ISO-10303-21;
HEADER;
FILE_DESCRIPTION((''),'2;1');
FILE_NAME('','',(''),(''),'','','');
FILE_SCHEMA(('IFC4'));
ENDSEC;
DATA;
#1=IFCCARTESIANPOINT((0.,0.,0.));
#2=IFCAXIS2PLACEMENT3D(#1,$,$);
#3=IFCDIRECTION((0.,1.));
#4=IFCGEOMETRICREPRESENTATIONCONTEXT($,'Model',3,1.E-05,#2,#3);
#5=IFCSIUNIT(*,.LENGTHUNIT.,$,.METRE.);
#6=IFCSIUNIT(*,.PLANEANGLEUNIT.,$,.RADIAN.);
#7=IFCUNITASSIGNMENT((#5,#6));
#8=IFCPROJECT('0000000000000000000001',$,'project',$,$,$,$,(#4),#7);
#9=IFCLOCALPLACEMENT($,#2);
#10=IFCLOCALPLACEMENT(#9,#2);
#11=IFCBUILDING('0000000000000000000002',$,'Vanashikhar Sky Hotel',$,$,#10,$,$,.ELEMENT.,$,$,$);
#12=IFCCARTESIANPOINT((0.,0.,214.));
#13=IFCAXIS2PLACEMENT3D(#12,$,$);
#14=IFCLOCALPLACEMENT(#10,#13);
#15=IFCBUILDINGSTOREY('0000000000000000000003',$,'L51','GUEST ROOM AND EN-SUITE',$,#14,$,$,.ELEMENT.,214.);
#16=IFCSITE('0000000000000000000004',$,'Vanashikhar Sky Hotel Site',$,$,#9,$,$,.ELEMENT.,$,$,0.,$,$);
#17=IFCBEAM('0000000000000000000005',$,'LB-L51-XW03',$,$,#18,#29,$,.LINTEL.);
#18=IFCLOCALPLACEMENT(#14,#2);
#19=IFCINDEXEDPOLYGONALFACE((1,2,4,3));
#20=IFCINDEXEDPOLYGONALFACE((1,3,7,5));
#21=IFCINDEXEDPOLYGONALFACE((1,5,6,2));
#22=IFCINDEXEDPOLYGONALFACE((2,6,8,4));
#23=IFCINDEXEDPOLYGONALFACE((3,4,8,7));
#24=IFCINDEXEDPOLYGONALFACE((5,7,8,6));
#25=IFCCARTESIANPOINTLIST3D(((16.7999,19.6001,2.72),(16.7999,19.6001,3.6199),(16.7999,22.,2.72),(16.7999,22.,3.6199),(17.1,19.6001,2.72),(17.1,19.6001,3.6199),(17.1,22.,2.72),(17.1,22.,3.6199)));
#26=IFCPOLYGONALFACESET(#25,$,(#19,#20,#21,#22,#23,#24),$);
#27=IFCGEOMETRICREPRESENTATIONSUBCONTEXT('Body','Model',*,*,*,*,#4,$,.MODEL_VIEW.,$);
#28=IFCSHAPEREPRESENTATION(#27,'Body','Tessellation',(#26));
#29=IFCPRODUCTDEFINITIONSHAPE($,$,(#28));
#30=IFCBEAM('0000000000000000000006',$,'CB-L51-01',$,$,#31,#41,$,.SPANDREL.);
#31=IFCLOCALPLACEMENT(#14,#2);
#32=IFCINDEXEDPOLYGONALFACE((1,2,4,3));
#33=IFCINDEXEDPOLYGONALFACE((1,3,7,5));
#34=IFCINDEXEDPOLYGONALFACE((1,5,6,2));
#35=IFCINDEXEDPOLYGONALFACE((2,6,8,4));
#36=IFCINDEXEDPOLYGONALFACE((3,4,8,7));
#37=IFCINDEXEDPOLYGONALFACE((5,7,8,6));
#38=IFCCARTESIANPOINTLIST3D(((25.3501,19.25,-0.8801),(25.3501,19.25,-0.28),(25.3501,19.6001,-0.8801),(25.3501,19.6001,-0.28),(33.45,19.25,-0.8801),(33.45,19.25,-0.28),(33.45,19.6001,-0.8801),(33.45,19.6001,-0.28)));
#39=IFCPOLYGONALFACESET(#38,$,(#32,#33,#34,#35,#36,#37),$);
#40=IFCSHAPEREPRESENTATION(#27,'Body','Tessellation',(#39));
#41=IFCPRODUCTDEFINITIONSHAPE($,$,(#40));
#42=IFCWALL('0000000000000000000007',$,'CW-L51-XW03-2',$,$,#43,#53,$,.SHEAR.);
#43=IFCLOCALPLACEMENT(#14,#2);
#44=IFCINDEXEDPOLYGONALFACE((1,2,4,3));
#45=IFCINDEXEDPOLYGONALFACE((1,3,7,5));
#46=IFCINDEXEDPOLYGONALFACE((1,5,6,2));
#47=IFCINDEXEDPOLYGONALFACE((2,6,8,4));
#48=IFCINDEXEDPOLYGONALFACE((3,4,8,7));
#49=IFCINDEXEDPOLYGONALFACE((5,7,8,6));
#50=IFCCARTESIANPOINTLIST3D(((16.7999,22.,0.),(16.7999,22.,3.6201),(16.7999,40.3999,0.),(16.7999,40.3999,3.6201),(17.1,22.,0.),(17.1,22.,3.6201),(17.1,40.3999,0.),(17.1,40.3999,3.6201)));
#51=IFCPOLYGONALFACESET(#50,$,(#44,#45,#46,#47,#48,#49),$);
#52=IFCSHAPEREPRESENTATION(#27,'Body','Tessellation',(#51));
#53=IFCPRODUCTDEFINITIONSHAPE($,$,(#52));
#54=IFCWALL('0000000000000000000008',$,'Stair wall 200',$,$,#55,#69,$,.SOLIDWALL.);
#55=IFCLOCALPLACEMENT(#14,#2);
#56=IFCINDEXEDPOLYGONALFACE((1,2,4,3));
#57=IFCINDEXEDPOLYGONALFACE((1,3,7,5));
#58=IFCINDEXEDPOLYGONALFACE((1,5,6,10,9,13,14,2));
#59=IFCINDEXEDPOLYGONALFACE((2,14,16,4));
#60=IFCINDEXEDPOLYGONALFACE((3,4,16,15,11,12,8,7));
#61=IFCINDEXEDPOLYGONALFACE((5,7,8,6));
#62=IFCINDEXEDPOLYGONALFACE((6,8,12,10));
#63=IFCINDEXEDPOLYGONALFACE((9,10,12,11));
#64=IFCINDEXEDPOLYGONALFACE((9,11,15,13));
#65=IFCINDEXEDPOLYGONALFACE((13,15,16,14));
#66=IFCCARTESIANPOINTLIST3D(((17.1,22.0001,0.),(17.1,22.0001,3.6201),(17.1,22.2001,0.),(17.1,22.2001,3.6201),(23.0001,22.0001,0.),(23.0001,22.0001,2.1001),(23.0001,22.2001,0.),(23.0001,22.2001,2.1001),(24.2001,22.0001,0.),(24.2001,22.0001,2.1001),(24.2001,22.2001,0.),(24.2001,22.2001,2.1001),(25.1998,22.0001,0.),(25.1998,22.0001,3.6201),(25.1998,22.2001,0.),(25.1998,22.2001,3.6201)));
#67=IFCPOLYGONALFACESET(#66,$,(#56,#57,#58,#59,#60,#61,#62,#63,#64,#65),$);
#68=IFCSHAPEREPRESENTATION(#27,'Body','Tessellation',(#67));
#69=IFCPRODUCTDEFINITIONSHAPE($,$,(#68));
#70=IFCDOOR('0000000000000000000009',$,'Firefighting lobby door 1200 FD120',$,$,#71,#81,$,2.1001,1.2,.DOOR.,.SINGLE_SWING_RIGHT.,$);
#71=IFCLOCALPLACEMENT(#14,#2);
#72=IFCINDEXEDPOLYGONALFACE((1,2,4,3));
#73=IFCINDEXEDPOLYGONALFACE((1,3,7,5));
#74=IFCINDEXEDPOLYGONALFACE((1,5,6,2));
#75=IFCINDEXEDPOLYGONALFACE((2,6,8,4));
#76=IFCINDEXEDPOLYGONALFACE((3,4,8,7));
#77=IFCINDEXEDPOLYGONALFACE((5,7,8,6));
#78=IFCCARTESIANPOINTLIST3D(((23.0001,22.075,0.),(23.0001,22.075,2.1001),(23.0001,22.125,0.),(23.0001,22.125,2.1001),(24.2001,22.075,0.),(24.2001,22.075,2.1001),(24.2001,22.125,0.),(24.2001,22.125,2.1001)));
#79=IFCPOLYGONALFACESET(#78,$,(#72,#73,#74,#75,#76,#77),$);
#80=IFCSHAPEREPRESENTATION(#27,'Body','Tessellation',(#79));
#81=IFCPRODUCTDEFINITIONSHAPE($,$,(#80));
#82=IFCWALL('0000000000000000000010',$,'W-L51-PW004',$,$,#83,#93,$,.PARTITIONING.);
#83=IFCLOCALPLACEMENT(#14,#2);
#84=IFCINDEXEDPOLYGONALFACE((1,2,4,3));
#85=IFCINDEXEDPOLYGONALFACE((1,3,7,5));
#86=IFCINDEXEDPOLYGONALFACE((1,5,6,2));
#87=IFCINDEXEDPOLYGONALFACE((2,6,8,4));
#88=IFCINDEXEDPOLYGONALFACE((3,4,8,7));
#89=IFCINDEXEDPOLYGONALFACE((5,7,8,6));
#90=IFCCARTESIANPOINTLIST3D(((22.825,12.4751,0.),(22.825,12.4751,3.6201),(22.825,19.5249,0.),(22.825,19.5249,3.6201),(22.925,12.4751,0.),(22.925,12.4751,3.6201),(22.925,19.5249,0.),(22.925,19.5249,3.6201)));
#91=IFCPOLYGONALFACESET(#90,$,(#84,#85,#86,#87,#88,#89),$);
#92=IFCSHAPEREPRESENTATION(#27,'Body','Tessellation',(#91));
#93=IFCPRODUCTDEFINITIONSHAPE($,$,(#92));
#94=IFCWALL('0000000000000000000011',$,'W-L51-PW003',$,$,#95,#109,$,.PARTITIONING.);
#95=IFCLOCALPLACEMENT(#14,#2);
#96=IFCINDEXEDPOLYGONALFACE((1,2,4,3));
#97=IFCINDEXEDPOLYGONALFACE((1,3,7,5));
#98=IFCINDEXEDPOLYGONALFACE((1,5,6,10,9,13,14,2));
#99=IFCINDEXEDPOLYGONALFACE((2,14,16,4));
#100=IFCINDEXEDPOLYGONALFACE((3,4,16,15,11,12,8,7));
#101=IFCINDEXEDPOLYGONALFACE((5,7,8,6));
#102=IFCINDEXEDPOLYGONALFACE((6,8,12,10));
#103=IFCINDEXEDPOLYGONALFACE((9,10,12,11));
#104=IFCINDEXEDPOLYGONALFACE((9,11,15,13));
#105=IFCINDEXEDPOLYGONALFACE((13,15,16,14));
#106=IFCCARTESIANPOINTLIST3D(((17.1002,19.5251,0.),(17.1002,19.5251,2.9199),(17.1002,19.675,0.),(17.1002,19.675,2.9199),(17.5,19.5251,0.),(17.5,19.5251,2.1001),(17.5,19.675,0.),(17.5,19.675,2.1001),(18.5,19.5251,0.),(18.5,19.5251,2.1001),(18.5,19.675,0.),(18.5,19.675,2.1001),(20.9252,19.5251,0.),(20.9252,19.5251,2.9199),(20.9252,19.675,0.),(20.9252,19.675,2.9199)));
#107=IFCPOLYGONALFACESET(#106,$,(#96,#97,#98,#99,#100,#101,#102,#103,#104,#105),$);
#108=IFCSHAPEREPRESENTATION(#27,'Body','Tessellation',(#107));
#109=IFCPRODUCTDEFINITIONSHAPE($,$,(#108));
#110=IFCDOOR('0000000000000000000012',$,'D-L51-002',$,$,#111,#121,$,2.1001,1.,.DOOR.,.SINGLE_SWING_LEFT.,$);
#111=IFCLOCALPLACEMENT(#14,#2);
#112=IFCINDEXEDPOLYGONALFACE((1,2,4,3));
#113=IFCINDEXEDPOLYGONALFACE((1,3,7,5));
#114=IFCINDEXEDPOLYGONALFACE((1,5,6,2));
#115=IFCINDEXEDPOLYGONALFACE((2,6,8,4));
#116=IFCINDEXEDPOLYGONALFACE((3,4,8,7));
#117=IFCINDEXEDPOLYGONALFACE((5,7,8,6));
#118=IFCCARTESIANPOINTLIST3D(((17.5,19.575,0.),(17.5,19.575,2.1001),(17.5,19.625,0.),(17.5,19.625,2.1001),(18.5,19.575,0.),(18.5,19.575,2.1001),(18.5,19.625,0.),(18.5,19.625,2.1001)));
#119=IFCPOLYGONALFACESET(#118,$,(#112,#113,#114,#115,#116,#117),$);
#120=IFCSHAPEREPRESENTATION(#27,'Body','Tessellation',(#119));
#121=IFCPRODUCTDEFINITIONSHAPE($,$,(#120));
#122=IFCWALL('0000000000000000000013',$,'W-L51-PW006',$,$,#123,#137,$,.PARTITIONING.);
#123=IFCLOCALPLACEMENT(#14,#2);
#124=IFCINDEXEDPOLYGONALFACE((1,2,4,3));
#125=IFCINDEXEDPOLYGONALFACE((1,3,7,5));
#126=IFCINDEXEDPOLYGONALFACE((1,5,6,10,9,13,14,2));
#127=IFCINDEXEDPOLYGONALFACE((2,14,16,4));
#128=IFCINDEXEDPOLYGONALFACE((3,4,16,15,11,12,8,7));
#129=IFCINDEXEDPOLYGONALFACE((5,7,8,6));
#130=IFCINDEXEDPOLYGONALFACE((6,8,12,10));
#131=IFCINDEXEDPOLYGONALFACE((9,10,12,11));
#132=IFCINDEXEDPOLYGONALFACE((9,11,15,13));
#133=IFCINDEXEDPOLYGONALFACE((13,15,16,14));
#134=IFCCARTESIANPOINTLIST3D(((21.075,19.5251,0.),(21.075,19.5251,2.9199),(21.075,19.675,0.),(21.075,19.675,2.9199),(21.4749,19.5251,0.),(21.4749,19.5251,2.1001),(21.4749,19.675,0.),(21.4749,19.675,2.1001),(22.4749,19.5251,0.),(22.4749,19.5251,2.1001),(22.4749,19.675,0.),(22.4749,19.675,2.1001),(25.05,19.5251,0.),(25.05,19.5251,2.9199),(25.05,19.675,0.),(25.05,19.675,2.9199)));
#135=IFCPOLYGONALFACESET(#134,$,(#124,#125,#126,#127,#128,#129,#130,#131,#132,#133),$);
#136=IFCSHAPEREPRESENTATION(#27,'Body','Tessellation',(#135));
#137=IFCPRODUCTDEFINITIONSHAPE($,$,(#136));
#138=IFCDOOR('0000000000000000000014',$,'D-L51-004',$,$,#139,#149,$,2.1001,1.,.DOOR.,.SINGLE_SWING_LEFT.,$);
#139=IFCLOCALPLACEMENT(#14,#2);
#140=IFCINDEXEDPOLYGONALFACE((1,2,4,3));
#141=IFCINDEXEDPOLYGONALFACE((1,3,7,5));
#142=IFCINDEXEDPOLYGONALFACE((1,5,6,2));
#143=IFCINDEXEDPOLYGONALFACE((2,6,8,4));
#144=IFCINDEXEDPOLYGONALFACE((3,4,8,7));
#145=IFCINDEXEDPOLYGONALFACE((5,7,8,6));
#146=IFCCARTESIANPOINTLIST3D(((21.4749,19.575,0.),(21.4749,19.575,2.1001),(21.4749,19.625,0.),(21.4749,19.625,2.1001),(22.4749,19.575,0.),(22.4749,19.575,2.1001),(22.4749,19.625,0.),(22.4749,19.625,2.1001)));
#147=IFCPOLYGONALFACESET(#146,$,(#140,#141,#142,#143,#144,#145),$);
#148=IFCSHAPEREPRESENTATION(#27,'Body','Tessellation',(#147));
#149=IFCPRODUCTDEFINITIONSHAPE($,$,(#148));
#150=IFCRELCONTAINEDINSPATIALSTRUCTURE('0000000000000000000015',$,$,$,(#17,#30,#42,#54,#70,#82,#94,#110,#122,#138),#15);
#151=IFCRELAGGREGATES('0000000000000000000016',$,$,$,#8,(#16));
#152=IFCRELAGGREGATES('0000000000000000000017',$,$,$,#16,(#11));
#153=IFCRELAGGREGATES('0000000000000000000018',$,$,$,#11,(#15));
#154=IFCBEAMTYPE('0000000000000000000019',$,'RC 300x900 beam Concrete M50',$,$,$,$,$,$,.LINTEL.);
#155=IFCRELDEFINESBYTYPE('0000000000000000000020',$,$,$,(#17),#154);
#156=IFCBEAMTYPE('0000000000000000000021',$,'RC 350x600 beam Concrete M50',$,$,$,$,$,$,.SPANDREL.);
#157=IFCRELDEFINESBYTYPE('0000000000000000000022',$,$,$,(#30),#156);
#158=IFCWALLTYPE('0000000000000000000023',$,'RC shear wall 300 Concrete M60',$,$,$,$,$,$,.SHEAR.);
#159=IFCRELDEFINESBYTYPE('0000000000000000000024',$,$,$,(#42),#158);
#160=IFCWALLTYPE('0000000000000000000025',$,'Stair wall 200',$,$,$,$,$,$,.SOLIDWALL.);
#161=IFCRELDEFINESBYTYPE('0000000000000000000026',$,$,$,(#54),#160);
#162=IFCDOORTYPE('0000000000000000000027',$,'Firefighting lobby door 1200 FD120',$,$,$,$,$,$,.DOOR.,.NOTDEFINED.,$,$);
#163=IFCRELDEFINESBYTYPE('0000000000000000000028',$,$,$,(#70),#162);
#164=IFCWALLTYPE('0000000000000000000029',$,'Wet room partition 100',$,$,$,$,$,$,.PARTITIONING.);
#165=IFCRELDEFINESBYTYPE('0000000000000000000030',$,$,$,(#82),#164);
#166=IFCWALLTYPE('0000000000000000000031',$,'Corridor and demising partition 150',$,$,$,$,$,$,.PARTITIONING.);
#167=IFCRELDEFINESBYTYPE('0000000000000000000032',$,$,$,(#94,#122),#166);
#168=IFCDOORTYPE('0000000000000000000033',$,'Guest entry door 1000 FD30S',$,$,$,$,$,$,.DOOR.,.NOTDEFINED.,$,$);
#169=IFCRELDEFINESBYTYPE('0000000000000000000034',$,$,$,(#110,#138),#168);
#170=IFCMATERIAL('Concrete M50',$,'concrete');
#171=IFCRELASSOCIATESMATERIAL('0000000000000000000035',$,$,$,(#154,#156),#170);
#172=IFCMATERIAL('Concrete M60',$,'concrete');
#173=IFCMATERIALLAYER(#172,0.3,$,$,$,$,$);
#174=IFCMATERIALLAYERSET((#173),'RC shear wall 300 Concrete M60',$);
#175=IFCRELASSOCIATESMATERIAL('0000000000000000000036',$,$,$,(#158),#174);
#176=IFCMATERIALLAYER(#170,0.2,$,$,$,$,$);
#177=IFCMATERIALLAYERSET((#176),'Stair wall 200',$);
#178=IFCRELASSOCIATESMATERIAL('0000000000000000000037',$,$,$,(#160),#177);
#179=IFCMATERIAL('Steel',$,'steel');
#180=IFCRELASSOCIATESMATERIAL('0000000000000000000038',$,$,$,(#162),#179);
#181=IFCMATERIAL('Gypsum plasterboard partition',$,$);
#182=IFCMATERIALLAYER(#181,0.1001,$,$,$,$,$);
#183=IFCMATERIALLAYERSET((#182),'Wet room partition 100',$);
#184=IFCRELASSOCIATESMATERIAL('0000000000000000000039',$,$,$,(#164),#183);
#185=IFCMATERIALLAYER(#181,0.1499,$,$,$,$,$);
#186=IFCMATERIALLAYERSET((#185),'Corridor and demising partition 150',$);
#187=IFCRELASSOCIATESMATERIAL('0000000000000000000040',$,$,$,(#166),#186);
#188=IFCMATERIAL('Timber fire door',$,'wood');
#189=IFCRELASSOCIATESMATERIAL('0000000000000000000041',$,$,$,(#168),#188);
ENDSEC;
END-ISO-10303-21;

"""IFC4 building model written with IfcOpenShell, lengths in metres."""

from ifc_helpers import new_model, si_unit, direction, frame, frame_2d, origin, origin_2d, place, context, subcontext, project, spatial, rectangle, extrude, source, transform, mapped, material, layer, layer_set, material_profile, profile_set, type_object, element, fill, save


model = new_model("IFC4")

# Units and contexts
model_context = context("Model", 3, precision=1e-05, world=origin(), true_north=direction((0.0, 1.0)))
body_context = subcontext(model_context, "Body", "Model", "MODEL_VIEW")
ifc_project = project(units=[si_unit("LENGTHUNIT", "METRE"), si_unit("PLANEANGLEUNIT", "RADIAN")], contexts=[model_context])

# Site, building, storey
site_placement = place(None, origin())
site = spatial("IfcSite", under=ifc_project, at=site_placement, Name="Vanashikhar Sky Hotel Site", CompositionType="ELEMENT", RefElevation=0.0)
building_placement = place(site_placement, origin())
building = spatial("IfcBuilding", under=site, at=building_placement, Name="Vanashikhar Sky Hotel", CompositionType="ELEMENT")
storey_placement = place(building_placement, frame((0.0, 0.0, 214.0)))
storey = spatial("IfcBuildingStorey", under=building, at=storey_placement, Name="L51", Description="GUEST ROOM AND EN-SUITE", CompositionType="ELEMENT", Elevation=214.0)

# Beams
ifc_material_1 = material(Name="Concrete M50", Category="concrete")
ifc_material_profile_1 = material_profile(ifc_material_1, rectangle(XDim=0.3, YDim=0.8999, at=origin_2d()))
ifc_profile_set_1 = profile_set([ifc_material_profile_1], Name="RC 300x900 beam Concrete M50")
beam_type_1 = type_object("IfcBeamType", Name="RC 300x900 beam Concrete M50", PredefinedType="LINTEL", material=ifc_profile_set_1)
shared_shape_1 = source(origin(), body_context, "Body", "SweptSolid", [
    extrude(rectangle(XDim=0.3, YDim=0.8999, at=origin_2d()), origin(), (0.0, 0.0, 1.0), 2.3999),
])
beam_1_placement = place(storey_placement, frame((16.95, 19.6001, 3.1699), z_axis=(0.0, 1.0, 0.0), x_axis=(-1.0, 0.0, 0.0)))
element("IfcBeam", 1, at=beam_1_placement, inside=storey, type_object=beam_type_1, Name="LB-L51-XW03", PredefinedType="LINTEL", context=body_context, shape_type="MappedRepresentation", body=[
    mapped(shared_shape_1, transform((0.0, 0.0, 0.0), scale=1.0)),
])
ifc_material_profile_2 = material_profile(ifc_material_1, rectangle(XDim=0.3501, YDim=0.6001, at=origin_2d()))
ifc_profile_set_2 = profile_set([ifc_material_profile_2], Name="RC 350x600 beam Concrete M50")
beam_type_2 = type_object("IfcBeamType", Name="RC 350x600 beam Concrete M50", PredefinedType="SPANDREL", material=ifc_profile_set_2)
shared_shape_2 = source(origin(), body_context, "Body", "SweptSolid", [
    extrude(rectangle(XDim=0.3501, YDim=0.6001, at=origin_2d()), origin(), (0.0, 0.0, 1.0), 8.0999),
])
beam_2_placement = place(storey_placement, frame((25.3501, 19.425, -0.5801), z_axis=(1.0, 0.0, 0.0), x_axis=(0.0, 1.0, 0.0)))
element("IfcBeam", 2, at=beam_2_placement, inside=storey, type_object=beam_type_2, Name="CB-L51-01", PredefinedType="SPANDREL", context=body_context, shape_type="MappedRepresentation", body=[
    mapped(shared_shape_2, transform((0.0, 0.0, 0.0), scale=1.0)),
])

# Wall
ifc_material_2 = material(Name="Concrete M60", Category="concrete")
ifc_layer_1 = layer(ifc_material_2, 0.3)
ifc_layer_set_1 = layer_set([ifc_layer_1], Name="RC shear wall 300 Concrete M60")
wall_type_1 = type_object("IfcWallType", Name="RC shear wall 300 Concrete M60", PredefinedType="SHEAR", material=ifc_layer_set_1)
shared_shape_3 = source(origin(), body_context, "Body", "SweptSolid", [
    extrude(rectangle(XDim=18.3999, YDim=0.3, at=frame_2d((9.2, 0.0))), origin(), (0.0, 0.0, 1.0), 3.6201),
])
wall_1_placement = place(storey_placement, frame((16.95, 22.0, 0.0), z_axis=(0.0, 0.0, 1.0), x_axis=(0.0, 1.0, 0.0)))
element("IfcWall", 3, at=wall_1_placement, inside=storey, type_object=wall_type_1, Name="CW-L51-XW03-2", PredefinedType="SHEAR", context=body_context, shape_type="MappedRepresentation", body=[
    mapped(shared_shape_3, transform((0.0, 0.0, 0.0), scale=1.0)),
])

# Wall, opening, door
ifc_layer_2 = layer(ifc_material_1, 0.2)
ifc_layer_set_2 = layer_set([ifc_layer_2], Name="Stair wall 200")
wall_type_2 = type_object("IfcWallType", Name="Stair wall 200", PredefinedType="SOLIDWALL", material=ifc_layer_set_2)
shared_shape_4 = source(origin(), body_context, "Body", "SweptSolid", [
    extrude(rectangle(XDim=8.0999, YDim=0.2, at=frame_2d((4.0498, 0.0))), origin(), (0.0, 0.0, 1.0), 3.6201),
])
wall_2_placement = place(storey_placement, frame((17.1001, 22.1001, 0.0), z_axis=(0.0, 0.0, 1.0), x_axis=(1.0, 0.0, 0.0)))
wall_2 = element("IfcWall", 4, at=wall_2_placement, inside=storey, type_object=wall_type_2, Name="Stair wall 200", PredefinedType="SOLIDWALL", context=body_context, shape_type="MappedRepresentation", body=[
    mapped(shared_shape_4, transform((0.0, 0.0, 0.0), scale=1.0)),
])
shared_shape_5 = source(origin(), body_context, "Body", "SweptSolid", [
    extrude(rectangle(XDim=1.2, YDim=2.1001, at=frame_2d((0.6001, 1.05))), frame((0.0, 0.1099, 0.0), z_axis=(0.0, -1.0, 0.0), x_axis=(1.0, 0.0, 0.0)), (0.0, 0.0, 1.0), 0.22),
])
opening_1_placement = place(wall_2_placement, frame((5.8999, 0.0, 0.0)))
opening_1 = element("IfcOpeningElement", 5, at=opening_1_placement, cuts=wall_2, PredefinedType="OPENING", context=body_context, shape_type="MappedRepresentation", body=[
    mapped(shared_shape_5, transform((0.0, 0.0, 0.0), scale=1.0)),
])
ifc_material_3 = material(Name="Steel", Category="steel")
door_type_1 = type_object("IfcDoorType", Name="Firefighting lobby door 1200 FD120", OperationType="NOTDEFINED", PredefinedType="DOOR", material=ifc_material_3)
shared_shape_6 = source(origin(), body_context, "Body", "SweptSolid", [
    extrude(rectangle(XDim=1.2, YDim=2.1001, at=frame_2d((0.6001, 1.05))), frame((0.0, 0.0249, 0.0), z_axis=(0.0, -1.0, 0.0), x_axis=(1.0, 0.0, 0.0)), (0.0, 0.0, 1.0), 0.05),
])
door_1_placement = place(opening_1_placement, origin())
door_1 = element("IfcDoor", 6, at=door_1_placement, inside=storey, type_object=door_type_1, Name="Firefighting lobby door 1200 FD120", OperationType="SINGLE_SWING_RIGHT", OverallHeight=2.1001, OverallWidth=1.2, PredefinedType="DOOR", context=body_context, shape_type="MappedRepresentation", body=[
    mapped(shared_shape_6, transform((0.0, 0.0, 0.0), scale=1.0)),
])
fill(opening_1, door_1)

# Wall
ifc_material_4 = material(Name="Gypsum plasterboard partition")
ifc_layer_3 = layer(ifc_material_4, 0.1001)
ifc_layer_set_3 = layer_set([ifc_layer_3], Name="Wet room partition 100")
wall_type_3 = type_object("IfcWallType", Name="Wet room partition 100", PredefinedType="PARTITIONING", material=ifc_layer_set_3)
shared_shape_7 = source(origin(), body_context, "Body", "SweptSolid", [
    extrude(rectangle(XDim=7.0498, YDim=0.1001, at=frame_2d((3.5249, 0.0))), origin(), (0.0, 0.0, 1.0), 3.6201),
])
wall_3_placement = place(storey_placement, frame((22.875, 12.4751, 0.0), z_axis=(0.0, 0.0, 1.0), x_axis=(0.0, 1.0, 0.0)))
element("IfcWall", 7, at=wall_3_placement, inside=storey, type_object=wall_type_3, Name="W-L51-PW004", PredefinedType="PARTITIONING", context=body_context, shape_type="MappedRepresentation", body=[
    mapped(shared_shape_7, transform((0.0, 0.0, 0.0), scale=1.0)),
])

# Walls, openings, doors
ifc_layer_4 = layer(ifc_material_4, 0.1499)
ifc_layer_set_4 = layer_set([ifc_layer_4], Name="Corridor and demising partition 150")
wall_type_4 = type_object("IfcWallType", Name="Corridor and demising partition 150", PredefinedType="PARTITIONING", material=ifc_layer_set_4)
shared_shape_8 = source(origin(), body_context, "Body", "SweptSolid", [
    extrude(rectangle(XDim=3.825, YDim=0.1499, at=frame_2d((1.9126, 0.0))), origin(), (0.0, 0.0, 1.0), 2.9199),
])
wall_4_placement = place(storey_placement, frame((17.1001, 19.6001, 0.0), z_axis=(0.0, 0.0, 1.0), x_axis=(1.0, 0.0, 0.0)))
wall_4 = element("IfcWall", 8, at=wall_4_placement, inside=storey, type_object=wall_type_4, Name="W-L51-PW003", PredefinedType="PARTITIONING", context=body_context, shape_type="MappedRepresentation", body=[
    mapped(shared_shape_8, transform((0.0, 0.0, 0.0), scale=1.0)),
])
shared_shape_9 = source(origin(), body_context, "Body", "SweptSolid", [
    extrude(rectangle(XDim=1.0, YDim=2.1001, at=frame_2d((0.5, 1.05))), frame((0.0, 0.085, 0.0), z_axis=(0.0, -1.0, 0.0), x_axis=(1.0, 0.0, 0.0)), (0.0, 0.0, 1.0), 0.1699),
])
opening_2_placement = place(wall_4_placement, frame((0.3999, 0.0, 0.0)))
opening_2 = element("IfcOpeningElement", 9, at=opening_2_placement, cuts=wall_4, PredefinedType="OPENING", context=body_context, shape_type="MappedRepresentation", body=[
    mapped(shared_shape_9, transform((0.0, 0.0, 0.0), scale=1.0)),
])
ifc_material_5 = material(Name="Timber fire door", Category="wood")
door_type_2 = type_object("IfcDoorType", Name="Guest entry door 1000 FD30S", OperationType="NOTDEFINED", PredefinedType="DOOR", material=ifc_material_5)
shared_shape_10 = source(origin(), body_context, "Body", "SweptSolid", [
    extrude(rectangle(XDim=1.0, YDim=2.1001, at=frame_2d((0.5, 1.05))), frame((0.0, 0.0249, 0.0), z_axis=(0.0, -1.0, 0.0), x_axis=(1.0, 0.0, 0.0)), (0.0, 0.0, 1.0), 0.05),
])
door_2_placement = place(opening_2_placement, origin())
door_2 = element("IfcDoor", 10, at=door_2_placement, inside=storey, type_object=door_type_2, Name="D-L51-002", OperationType="SINGLE_SWING_LEFT", OverallHeight=2.1001, OverallWidth=1.0, PredefinedType="DOOR", context=body_context, shape_type="MappedRepresentation", body=[
    mapped(shared_shape_10, transform((0.0, 0.0, 0.0), scale=1.0)),
])
fill(opening_2, door_2)
shared_shape_11 = source(origin(), body_context, "Body", "SweptSolid", [
    extrude(rectangle(XDim=3.9751, YDim=0.1499, at=frame_2d((1.9875, 0.0))), origin(), (0.0, 0.0, 1.0), 2.9199),
])
wall_5_placement = place(storey_placement, frame((21.075, 19.6001, 0.0), z_axis=(0.0, 0.0, 1.0), x_axis=(1.0, 0.0, 0.0)))
wall_5 = element("IfcWall", 11, at=wall_5_placement, inside=storey, type_object=wall_type_4, Name="W-L51-PW006", PredefinedType="PARTITIONING", context=body_context, shape_type="MappedRepresentation", body=[
    mapped(shared_shape_11, transform((0.0, 0.0, 0.0), scale=1.0)),
])
opening_3_placement = place(wall_5_placement, frame((0.3999, 0.0, 0.0)))
opening_3 = element("IfcOpeningElement", 12, at=opening_3_placement, cuts=wall_5, PredefinedType="OPENING", context=body_context, shape_type="MappedRepresentation", body=[
    mapped(shared_shape_9, transform((0.0, 0.0, 0.0), scale=1.0)),
])
door_3_placement = place(opening_3_placement, origin())
door_3 = element("IfcDoor", 13, at=door_3_placement, inside=storey, type_object=door_type_2, Name="D-L51-004", OperationType="SINGLE_SWING_LEFT", OverallHeight=2.1001, OverallWidth=1.0, PredefinedType="DOOR", context=body_context, shape_type="MappedRepresentation", body=[
    mapped(shared_shape_10, transform((0.0, 0.0, 0.0), scale=1.0)),
])
fill(opening_3, door_3)

save(model, "model.ifc")
